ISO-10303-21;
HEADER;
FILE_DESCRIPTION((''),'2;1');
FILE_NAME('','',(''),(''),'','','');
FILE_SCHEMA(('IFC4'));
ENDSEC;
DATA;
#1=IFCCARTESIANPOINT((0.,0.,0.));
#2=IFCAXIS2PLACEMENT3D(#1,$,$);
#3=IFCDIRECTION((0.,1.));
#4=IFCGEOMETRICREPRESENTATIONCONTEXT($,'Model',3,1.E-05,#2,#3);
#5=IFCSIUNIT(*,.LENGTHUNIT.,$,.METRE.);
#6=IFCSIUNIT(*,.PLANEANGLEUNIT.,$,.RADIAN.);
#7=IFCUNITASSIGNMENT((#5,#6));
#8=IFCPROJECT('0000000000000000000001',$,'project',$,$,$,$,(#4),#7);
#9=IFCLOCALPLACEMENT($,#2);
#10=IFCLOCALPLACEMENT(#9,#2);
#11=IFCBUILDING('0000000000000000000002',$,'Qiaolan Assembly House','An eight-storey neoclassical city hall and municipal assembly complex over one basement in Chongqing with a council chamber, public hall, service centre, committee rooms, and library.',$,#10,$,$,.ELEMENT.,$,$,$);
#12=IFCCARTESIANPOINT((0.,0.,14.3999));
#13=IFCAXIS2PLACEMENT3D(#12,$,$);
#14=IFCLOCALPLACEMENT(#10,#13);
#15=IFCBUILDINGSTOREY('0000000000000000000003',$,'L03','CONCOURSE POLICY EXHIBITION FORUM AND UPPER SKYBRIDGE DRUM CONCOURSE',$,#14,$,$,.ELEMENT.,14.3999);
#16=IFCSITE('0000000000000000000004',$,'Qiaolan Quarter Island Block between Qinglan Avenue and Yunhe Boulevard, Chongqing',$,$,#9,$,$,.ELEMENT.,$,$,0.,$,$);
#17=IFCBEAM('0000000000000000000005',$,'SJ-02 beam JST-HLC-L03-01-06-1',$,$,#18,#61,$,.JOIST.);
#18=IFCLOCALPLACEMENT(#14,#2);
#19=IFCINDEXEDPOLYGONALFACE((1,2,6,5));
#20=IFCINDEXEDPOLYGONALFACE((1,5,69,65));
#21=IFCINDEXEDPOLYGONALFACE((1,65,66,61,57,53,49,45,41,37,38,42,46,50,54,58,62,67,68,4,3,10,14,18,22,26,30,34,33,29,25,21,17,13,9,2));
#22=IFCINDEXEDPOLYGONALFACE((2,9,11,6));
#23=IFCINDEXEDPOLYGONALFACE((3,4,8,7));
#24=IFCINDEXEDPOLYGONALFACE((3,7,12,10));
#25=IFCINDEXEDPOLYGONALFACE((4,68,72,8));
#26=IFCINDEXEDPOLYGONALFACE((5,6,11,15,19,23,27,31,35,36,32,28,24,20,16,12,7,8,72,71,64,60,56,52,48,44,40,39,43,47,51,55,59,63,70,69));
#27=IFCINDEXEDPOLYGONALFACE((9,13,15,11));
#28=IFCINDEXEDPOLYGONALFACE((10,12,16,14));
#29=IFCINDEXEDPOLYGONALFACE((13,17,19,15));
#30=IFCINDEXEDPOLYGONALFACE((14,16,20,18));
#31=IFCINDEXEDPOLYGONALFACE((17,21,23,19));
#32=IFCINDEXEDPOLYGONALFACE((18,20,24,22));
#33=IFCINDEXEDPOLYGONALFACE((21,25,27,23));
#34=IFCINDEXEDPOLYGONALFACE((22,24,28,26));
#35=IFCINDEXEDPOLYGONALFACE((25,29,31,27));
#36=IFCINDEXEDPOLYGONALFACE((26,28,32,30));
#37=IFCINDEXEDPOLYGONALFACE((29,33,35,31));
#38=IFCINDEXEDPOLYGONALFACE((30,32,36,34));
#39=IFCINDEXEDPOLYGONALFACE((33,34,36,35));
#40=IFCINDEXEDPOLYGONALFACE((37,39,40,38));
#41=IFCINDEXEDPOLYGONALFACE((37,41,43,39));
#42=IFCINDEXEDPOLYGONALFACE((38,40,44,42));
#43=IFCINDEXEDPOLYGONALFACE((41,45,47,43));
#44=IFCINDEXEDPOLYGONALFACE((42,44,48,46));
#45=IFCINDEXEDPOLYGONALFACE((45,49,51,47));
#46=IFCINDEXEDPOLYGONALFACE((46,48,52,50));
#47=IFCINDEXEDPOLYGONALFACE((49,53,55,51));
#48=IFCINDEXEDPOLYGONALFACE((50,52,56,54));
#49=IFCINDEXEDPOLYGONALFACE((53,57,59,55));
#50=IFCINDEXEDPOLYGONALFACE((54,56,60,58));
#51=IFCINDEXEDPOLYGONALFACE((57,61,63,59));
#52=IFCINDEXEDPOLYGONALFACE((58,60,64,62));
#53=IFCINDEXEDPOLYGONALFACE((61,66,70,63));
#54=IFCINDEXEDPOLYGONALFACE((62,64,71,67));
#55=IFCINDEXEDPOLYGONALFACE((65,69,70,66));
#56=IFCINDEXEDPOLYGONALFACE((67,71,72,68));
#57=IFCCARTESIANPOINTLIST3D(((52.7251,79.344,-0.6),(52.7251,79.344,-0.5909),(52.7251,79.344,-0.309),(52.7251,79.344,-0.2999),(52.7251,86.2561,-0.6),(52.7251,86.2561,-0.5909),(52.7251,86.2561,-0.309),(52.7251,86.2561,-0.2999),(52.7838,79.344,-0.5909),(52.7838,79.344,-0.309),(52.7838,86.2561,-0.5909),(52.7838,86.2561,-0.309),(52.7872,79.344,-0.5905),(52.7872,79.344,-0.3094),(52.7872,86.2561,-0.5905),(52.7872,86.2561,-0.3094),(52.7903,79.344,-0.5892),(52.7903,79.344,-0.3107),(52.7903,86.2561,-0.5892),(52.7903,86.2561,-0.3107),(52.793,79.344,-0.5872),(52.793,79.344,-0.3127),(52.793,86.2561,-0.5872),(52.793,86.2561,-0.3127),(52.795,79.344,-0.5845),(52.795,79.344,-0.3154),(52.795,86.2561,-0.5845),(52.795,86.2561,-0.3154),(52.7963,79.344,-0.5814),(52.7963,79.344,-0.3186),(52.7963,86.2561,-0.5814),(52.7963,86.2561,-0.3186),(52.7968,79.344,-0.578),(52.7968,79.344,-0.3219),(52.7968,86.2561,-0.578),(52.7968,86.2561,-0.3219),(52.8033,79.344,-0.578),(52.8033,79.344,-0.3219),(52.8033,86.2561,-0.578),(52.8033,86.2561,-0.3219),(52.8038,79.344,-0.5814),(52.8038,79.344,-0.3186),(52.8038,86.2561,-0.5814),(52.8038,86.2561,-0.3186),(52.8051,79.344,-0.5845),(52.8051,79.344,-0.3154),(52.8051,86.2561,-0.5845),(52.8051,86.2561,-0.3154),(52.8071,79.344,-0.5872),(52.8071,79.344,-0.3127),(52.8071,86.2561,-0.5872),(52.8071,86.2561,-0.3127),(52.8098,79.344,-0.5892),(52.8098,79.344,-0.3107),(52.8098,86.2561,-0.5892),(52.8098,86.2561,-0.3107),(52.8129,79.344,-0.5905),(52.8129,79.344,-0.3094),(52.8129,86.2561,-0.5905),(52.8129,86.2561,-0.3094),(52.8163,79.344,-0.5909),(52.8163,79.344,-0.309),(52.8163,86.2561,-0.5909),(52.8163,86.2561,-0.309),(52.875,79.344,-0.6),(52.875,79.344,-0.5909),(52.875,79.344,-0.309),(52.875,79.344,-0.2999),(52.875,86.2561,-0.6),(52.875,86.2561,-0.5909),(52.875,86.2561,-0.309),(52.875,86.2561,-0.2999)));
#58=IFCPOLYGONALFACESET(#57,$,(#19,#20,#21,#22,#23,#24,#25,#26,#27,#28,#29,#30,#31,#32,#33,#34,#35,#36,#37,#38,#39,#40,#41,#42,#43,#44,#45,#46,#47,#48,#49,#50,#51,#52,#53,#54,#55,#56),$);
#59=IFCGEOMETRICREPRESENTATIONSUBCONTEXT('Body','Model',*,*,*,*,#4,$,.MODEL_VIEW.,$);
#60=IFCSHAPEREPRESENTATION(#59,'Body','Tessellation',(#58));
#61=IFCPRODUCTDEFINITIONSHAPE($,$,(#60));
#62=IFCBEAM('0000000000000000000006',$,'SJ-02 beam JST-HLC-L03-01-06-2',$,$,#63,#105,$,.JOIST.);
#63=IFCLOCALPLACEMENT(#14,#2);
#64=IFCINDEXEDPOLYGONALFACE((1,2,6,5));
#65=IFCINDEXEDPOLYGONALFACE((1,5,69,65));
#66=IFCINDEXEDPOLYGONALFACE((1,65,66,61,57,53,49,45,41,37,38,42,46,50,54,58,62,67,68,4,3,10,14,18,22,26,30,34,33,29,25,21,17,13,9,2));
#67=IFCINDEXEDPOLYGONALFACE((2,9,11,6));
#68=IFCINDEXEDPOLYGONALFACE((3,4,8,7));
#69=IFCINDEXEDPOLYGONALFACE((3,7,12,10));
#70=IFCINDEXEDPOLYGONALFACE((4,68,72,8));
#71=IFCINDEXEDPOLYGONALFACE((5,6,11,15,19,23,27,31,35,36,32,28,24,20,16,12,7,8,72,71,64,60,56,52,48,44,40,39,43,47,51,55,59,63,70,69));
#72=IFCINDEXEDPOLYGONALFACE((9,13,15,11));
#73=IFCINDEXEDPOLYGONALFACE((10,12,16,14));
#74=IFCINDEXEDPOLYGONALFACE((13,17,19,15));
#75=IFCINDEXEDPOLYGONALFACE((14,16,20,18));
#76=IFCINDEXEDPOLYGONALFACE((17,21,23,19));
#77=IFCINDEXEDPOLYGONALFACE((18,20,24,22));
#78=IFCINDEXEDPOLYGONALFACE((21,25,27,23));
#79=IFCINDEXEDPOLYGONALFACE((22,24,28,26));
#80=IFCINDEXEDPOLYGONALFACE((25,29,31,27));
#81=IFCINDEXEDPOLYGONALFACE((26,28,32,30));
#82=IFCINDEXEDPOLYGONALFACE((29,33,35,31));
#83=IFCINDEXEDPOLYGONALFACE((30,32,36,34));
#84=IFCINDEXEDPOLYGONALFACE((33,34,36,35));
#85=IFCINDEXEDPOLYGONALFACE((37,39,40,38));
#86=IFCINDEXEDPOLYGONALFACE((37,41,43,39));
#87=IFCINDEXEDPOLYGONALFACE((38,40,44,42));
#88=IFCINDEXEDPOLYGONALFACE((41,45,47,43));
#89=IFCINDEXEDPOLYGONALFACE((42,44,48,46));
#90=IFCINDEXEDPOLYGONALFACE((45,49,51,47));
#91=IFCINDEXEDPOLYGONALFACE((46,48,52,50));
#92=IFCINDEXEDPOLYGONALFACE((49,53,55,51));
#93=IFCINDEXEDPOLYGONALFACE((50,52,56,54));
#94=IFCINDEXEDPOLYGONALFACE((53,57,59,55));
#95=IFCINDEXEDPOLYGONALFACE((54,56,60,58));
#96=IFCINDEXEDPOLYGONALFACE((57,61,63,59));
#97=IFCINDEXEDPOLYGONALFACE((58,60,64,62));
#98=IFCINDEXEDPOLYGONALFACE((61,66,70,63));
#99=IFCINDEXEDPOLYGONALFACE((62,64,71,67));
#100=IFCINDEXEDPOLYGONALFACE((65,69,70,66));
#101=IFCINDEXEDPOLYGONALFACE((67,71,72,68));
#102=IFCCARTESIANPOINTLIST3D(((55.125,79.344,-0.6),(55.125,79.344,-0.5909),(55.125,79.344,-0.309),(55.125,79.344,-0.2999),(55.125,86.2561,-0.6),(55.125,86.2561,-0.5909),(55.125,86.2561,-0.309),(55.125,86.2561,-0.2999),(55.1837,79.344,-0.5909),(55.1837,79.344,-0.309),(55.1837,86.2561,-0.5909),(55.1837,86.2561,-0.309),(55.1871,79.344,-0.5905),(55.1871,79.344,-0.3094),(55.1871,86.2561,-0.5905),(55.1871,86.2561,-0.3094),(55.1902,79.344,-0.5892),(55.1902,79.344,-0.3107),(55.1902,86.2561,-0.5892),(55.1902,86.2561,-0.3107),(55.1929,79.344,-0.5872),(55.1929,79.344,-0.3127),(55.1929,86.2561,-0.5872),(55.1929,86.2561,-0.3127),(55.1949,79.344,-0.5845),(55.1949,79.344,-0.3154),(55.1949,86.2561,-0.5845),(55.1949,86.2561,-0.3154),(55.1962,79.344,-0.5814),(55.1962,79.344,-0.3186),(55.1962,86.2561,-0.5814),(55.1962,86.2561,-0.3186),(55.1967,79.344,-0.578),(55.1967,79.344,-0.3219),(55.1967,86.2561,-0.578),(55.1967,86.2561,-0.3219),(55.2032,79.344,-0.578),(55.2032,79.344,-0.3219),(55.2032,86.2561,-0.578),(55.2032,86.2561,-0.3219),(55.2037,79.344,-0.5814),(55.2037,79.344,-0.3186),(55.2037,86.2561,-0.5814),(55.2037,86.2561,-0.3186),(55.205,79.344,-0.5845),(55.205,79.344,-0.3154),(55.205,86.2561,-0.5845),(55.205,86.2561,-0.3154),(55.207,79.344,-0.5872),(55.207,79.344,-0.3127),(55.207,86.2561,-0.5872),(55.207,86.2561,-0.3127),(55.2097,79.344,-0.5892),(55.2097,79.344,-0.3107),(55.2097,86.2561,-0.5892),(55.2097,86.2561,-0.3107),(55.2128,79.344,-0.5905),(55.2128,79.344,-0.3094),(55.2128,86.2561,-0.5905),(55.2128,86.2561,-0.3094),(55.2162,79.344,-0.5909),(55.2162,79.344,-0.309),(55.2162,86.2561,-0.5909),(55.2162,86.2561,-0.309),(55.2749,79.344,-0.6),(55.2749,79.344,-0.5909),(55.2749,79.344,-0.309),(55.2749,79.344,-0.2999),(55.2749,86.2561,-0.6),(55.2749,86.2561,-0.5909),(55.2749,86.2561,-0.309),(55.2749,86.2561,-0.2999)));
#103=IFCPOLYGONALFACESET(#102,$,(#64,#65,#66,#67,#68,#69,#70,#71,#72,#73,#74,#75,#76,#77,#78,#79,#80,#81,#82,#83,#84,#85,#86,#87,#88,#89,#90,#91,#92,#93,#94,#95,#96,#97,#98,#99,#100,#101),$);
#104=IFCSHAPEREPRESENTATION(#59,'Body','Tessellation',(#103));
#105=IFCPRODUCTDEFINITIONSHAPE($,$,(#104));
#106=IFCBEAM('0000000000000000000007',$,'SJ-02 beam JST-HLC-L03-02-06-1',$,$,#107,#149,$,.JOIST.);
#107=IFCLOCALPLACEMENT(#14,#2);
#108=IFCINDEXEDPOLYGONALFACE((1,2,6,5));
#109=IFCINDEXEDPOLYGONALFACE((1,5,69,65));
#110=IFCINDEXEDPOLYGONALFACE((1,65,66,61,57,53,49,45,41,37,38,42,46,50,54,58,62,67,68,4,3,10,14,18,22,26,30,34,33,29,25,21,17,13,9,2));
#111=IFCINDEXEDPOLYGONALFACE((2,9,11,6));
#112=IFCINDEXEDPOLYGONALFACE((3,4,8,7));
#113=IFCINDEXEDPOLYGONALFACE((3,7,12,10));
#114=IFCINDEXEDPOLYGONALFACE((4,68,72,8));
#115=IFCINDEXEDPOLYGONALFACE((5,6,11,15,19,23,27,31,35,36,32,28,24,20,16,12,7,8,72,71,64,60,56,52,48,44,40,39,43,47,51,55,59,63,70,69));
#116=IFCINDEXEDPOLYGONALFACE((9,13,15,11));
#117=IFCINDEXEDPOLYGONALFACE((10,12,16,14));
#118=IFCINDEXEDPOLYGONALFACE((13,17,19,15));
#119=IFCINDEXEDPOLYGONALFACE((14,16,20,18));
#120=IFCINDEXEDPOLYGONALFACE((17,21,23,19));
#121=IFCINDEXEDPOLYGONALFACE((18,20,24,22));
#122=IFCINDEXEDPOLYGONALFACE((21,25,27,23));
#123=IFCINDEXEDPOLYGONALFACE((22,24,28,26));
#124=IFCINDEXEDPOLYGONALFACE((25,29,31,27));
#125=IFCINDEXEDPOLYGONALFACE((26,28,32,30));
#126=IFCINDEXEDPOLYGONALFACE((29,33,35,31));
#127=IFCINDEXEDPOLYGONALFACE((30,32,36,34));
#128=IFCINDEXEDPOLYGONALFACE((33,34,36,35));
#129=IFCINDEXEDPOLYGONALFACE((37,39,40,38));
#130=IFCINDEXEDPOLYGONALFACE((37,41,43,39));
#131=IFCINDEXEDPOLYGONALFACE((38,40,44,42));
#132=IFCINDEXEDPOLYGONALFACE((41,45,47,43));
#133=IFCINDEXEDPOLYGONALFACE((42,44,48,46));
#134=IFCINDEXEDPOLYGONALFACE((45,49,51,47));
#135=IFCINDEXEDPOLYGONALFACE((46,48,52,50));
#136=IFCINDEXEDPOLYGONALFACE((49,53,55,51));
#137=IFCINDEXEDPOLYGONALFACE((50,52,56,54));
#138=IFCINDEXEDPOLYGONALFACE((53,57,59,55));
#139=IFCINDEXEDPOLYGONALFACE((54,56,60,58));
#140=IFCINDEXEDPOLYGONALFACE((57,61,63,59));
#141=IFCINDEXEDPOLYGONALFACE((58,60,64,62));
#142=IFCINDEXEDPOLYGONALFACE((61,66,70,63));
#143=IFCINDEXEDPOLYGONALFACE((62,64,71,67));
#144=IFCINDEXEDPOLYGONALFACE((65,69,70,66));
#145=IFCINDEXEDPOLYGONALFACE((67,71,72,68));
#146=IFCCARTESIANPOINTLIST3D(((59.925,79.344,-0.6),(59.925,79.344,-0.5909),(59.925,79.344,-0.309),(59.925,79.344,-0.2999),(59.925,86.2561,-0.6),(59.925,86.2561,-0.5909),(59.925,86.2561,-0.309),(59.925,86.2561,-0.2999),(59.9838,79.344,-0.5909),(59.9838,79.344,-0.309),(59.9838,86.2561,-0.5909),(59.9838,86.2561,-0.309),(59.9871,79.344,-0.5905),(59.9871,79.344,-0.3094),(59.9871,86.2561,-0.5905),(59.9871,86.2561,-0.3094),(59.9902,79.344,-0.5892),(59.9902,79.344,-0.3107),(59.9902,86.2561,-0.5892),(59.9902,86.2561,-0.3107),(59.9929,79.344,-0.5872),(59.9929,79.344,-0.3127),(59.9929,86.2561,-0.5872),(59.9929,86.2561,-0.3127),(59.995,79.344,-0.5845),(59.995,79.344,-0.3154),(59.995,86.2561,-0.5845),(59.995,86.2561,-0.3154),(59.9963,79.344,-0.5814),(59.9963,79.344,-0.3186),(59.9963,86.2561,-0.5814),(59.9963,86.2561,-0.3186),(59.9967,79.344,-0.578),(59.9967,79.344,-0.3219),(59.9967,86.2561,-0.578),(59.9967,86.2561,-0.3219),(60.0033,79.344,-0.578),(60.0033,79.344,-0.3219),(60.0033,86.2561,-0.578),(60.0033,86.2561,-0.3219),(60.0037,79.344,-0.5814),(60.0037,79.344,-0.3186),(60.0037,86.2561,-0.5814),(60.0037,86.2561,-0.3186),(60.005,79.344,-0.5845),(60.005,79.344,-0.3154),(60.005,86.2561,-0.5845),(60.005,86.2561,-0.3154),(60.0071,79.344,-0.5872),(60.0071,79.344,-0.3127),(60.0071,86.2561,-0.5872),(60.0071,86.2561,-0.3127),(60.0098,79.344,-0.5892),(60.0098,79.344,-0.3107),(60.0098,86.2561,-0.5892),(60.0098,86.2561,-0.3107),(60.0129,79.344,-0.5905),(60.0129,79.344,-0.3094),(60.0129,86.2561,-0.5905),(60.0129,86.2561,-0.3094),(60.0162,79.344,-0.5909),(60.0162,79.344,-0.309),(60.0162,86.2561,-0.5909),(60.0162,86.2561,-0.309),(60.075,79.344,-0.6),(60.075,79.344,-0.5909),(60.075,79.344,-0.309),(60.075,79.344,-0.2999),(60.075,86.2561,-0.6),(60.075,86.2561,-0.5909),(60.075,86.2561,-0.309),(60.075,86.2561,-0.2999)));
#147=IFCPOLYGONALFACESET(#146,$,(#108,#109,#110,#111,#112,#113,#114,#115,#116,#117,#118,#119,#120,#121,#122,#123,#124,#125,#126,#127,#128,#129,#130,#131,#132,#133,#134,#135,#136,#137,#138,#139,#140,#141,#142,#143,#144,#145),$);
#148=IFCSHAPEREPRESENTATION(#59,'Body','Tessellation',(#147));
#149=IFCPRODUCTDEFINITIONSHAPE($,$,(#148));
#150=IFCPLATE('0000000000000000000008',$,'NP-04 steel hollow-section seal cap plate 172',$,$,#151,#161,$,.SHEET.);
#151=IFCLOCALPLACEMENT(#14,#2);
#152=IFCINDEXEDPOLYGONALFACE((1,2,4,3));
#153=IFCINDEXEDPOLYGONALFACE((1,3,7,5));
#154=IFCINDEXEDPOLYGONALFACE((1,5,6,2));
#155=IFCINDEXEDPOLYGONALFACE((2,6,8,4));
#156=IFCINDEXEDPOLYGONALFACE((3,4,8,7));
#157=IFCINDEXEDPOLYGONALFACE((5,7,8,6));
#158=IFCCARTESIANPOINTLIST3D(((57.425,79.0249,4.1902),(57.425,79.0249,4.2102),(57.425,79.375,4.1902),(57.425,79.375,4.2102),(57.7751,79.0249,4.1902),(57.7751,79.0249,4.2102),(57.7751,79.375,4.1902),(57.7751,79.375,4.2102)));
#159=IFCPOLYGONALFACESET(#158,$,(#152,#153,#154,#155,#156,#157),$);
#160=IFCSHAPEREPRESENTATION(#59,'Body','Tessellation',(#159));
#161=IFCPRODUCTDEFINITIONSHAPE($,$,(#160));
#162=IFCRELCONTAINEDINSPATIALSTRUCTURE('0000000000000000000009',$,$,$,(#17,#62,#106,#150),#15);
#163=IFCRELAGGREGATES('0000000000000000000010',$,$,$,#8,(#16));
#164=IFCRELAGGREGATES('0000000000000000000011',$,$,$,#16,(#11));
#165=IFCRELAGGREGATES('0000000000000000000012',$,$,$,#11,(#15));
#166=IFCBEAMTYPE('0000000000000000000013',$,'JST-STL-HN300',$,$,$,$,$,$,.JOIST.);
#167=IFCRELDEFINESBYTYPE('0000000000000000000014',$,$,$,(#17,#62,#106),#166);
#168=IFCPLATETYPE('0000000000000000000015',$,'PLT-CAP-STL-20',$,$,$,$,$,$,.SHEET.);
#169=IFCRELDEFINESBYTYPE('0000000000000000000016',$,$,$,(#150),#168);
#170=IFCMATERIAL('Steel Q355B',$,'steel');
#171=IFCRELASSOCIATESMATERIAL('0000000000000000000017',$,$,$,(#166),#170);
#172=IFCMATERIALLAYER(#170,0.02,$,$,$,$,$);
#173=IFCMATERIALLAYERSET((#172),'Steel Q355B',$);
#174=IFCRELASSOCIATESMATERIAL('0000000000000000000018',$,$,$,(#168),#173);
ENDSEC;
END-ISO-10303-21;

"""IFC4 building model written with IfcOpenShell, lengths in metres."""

from ifc_helpers import new_model, si_unit, direction, frame, origin, origin_2d, place, context, subcontext, project, spatial, rectangle, i_section, extrude, material, layer, layer_set, material_profile, profile_set, type_object, element, save


model = new_model("IFC4")

# Units and contexts
model_context = context("Model", 3, precision=1e-05, world=origin(), true_north=direction((0.0, 1.0)))
body_context = subcontext(model_context, "Body", "Model", "MODEL_VIEW")
ifc_project = project(units=[si_unit("LENGTHUNIT", "METRE"), si_unit("PLANEANGLEUNIT", "RADIAN")], contexts=[model_context])

# Site, building, storey
site_placement = place(None, origin())
site = spatial("IfcSite", under=ifc_project, at=site_placement, Name="Qiaolan Quarter Island Block between Qinglan Avenue and Yunhe Boulevard, Chongqing", CompositionType="ELEMENT", RefElevation=0.0)
building_placement = place(site_placement, origin())
building = spatial("IfcBuilding", under=site, at=building_placement, Name="Qiaolan Assembly House", Description="An eight-storey neoclassical city hall and municipal assembly complex over one basement in Chongqing with a council chamber, public hall, service centre, committee rooms, and library.", CompositionType="ELEMENT")
storey_placement = place(building_placement, frame((0.0, 0.0, 14.3999)))
storey = spatial("IfcBuildingStorey", under=building, at=storey_placement, Name="L03", Description="CONCOURSE POLICY EXHIBITION FORUM AND UPPER SKYBRIDGE DRUM CONCOURSE", CompositionType="ELEMENT", Elevation=14.3999)

# Shared definitions
ifc_material_1 = material(Name="Steel Q355B", Category="steel")

# Beams
ifc_material_profile_1 = material_profile(ifc_material_1, i_section(OverallWidth=0.1499, OverallDepth=0.3, WebThickness=0.0066, FlangeThickness=0.009, FilletRadius=0.0129, at=origin_2d()), Name="HN 300x150x6.5x9")
ifc_profile_set_1 = profile_set([ifc_material_profile_1], Name="Steel Q355B")
beam_type_1 = type_object("IfcBeamType", Name="JST-STL-HN300", PredefinedType="JOIST", material=ifc_profile_set_1)
for number, where, z_axis, x_axis, name in (
    (1, (52.8, 79.344, -0.45), (0.0, 1.0, 0.0), (-1.0, 0.0, 0.0), "SJ-02 beam JST-HLC-L03-01-06-1"),
    (2, (55.2, 79.344, -0.45), (0.0, 1.0, 0.0), (-1.0, 0.0, 0.0), "SJ-02 beam JST-HLC-L03-01-06-2"),
    (3, (60.0, 79.344, -0.45), (0.0, 1.0, 0.0), (-1.0, 0.0, 0.0), "SJ-02 beam JST-HLC-L03-02-06-1"),
):
    element("IfcBeam", number, at=place(storey_placement, frame(where, z_axis=z_axis, x_axis=x_axis)), inside=storey, type_object=beam_type_1, Name=name, PredefinedType="JOIST", context=body_context, shape_type="SweptSolid", body=[
        extrude(i_section(OverallWidth=0.1499, OverallDepth=0.3, WebThickness=0.0066, FlangeThickness=0.009, FilletRadius=0.0129, at=origin_2d()), origin(), (0.0, 0.0, 1.0), 6.9121),
    ])

# Plate
ifc_layer_1 = layer(ifc_material_1, 0.02)
ifc_layer_set_1 = layer_set([ifc_layer_1], Name="Steel Q355B")
plate_type = type_object("IfcPlateType", Name="PLT-CAP-STL-20", PredefinedType="SHEET", material=ifc_layer_set_1)
plate_placement = place(storey_placement, frame((57.6001, 79.2, 4.1902), z_axis=(0.0, 0.0, 1.0), x_axis=(1.0, 0.0, 0.0)))
element("IfcPlate", 4, at=plate_placement, inside=storey, type_object=plate_type, Name="NP-04 steel hollow-section seal cap plate 172", PredefinedType="SHEET", context=body_context, shape_type="SweptSolid", body=[
    extrude(rectangle(XDim=0.3501, YDim=0.3501, at=origin_2d()), origin(), (0.0, 0.0, 1.0), 0.02),
])

save(model, "model.ifc")
